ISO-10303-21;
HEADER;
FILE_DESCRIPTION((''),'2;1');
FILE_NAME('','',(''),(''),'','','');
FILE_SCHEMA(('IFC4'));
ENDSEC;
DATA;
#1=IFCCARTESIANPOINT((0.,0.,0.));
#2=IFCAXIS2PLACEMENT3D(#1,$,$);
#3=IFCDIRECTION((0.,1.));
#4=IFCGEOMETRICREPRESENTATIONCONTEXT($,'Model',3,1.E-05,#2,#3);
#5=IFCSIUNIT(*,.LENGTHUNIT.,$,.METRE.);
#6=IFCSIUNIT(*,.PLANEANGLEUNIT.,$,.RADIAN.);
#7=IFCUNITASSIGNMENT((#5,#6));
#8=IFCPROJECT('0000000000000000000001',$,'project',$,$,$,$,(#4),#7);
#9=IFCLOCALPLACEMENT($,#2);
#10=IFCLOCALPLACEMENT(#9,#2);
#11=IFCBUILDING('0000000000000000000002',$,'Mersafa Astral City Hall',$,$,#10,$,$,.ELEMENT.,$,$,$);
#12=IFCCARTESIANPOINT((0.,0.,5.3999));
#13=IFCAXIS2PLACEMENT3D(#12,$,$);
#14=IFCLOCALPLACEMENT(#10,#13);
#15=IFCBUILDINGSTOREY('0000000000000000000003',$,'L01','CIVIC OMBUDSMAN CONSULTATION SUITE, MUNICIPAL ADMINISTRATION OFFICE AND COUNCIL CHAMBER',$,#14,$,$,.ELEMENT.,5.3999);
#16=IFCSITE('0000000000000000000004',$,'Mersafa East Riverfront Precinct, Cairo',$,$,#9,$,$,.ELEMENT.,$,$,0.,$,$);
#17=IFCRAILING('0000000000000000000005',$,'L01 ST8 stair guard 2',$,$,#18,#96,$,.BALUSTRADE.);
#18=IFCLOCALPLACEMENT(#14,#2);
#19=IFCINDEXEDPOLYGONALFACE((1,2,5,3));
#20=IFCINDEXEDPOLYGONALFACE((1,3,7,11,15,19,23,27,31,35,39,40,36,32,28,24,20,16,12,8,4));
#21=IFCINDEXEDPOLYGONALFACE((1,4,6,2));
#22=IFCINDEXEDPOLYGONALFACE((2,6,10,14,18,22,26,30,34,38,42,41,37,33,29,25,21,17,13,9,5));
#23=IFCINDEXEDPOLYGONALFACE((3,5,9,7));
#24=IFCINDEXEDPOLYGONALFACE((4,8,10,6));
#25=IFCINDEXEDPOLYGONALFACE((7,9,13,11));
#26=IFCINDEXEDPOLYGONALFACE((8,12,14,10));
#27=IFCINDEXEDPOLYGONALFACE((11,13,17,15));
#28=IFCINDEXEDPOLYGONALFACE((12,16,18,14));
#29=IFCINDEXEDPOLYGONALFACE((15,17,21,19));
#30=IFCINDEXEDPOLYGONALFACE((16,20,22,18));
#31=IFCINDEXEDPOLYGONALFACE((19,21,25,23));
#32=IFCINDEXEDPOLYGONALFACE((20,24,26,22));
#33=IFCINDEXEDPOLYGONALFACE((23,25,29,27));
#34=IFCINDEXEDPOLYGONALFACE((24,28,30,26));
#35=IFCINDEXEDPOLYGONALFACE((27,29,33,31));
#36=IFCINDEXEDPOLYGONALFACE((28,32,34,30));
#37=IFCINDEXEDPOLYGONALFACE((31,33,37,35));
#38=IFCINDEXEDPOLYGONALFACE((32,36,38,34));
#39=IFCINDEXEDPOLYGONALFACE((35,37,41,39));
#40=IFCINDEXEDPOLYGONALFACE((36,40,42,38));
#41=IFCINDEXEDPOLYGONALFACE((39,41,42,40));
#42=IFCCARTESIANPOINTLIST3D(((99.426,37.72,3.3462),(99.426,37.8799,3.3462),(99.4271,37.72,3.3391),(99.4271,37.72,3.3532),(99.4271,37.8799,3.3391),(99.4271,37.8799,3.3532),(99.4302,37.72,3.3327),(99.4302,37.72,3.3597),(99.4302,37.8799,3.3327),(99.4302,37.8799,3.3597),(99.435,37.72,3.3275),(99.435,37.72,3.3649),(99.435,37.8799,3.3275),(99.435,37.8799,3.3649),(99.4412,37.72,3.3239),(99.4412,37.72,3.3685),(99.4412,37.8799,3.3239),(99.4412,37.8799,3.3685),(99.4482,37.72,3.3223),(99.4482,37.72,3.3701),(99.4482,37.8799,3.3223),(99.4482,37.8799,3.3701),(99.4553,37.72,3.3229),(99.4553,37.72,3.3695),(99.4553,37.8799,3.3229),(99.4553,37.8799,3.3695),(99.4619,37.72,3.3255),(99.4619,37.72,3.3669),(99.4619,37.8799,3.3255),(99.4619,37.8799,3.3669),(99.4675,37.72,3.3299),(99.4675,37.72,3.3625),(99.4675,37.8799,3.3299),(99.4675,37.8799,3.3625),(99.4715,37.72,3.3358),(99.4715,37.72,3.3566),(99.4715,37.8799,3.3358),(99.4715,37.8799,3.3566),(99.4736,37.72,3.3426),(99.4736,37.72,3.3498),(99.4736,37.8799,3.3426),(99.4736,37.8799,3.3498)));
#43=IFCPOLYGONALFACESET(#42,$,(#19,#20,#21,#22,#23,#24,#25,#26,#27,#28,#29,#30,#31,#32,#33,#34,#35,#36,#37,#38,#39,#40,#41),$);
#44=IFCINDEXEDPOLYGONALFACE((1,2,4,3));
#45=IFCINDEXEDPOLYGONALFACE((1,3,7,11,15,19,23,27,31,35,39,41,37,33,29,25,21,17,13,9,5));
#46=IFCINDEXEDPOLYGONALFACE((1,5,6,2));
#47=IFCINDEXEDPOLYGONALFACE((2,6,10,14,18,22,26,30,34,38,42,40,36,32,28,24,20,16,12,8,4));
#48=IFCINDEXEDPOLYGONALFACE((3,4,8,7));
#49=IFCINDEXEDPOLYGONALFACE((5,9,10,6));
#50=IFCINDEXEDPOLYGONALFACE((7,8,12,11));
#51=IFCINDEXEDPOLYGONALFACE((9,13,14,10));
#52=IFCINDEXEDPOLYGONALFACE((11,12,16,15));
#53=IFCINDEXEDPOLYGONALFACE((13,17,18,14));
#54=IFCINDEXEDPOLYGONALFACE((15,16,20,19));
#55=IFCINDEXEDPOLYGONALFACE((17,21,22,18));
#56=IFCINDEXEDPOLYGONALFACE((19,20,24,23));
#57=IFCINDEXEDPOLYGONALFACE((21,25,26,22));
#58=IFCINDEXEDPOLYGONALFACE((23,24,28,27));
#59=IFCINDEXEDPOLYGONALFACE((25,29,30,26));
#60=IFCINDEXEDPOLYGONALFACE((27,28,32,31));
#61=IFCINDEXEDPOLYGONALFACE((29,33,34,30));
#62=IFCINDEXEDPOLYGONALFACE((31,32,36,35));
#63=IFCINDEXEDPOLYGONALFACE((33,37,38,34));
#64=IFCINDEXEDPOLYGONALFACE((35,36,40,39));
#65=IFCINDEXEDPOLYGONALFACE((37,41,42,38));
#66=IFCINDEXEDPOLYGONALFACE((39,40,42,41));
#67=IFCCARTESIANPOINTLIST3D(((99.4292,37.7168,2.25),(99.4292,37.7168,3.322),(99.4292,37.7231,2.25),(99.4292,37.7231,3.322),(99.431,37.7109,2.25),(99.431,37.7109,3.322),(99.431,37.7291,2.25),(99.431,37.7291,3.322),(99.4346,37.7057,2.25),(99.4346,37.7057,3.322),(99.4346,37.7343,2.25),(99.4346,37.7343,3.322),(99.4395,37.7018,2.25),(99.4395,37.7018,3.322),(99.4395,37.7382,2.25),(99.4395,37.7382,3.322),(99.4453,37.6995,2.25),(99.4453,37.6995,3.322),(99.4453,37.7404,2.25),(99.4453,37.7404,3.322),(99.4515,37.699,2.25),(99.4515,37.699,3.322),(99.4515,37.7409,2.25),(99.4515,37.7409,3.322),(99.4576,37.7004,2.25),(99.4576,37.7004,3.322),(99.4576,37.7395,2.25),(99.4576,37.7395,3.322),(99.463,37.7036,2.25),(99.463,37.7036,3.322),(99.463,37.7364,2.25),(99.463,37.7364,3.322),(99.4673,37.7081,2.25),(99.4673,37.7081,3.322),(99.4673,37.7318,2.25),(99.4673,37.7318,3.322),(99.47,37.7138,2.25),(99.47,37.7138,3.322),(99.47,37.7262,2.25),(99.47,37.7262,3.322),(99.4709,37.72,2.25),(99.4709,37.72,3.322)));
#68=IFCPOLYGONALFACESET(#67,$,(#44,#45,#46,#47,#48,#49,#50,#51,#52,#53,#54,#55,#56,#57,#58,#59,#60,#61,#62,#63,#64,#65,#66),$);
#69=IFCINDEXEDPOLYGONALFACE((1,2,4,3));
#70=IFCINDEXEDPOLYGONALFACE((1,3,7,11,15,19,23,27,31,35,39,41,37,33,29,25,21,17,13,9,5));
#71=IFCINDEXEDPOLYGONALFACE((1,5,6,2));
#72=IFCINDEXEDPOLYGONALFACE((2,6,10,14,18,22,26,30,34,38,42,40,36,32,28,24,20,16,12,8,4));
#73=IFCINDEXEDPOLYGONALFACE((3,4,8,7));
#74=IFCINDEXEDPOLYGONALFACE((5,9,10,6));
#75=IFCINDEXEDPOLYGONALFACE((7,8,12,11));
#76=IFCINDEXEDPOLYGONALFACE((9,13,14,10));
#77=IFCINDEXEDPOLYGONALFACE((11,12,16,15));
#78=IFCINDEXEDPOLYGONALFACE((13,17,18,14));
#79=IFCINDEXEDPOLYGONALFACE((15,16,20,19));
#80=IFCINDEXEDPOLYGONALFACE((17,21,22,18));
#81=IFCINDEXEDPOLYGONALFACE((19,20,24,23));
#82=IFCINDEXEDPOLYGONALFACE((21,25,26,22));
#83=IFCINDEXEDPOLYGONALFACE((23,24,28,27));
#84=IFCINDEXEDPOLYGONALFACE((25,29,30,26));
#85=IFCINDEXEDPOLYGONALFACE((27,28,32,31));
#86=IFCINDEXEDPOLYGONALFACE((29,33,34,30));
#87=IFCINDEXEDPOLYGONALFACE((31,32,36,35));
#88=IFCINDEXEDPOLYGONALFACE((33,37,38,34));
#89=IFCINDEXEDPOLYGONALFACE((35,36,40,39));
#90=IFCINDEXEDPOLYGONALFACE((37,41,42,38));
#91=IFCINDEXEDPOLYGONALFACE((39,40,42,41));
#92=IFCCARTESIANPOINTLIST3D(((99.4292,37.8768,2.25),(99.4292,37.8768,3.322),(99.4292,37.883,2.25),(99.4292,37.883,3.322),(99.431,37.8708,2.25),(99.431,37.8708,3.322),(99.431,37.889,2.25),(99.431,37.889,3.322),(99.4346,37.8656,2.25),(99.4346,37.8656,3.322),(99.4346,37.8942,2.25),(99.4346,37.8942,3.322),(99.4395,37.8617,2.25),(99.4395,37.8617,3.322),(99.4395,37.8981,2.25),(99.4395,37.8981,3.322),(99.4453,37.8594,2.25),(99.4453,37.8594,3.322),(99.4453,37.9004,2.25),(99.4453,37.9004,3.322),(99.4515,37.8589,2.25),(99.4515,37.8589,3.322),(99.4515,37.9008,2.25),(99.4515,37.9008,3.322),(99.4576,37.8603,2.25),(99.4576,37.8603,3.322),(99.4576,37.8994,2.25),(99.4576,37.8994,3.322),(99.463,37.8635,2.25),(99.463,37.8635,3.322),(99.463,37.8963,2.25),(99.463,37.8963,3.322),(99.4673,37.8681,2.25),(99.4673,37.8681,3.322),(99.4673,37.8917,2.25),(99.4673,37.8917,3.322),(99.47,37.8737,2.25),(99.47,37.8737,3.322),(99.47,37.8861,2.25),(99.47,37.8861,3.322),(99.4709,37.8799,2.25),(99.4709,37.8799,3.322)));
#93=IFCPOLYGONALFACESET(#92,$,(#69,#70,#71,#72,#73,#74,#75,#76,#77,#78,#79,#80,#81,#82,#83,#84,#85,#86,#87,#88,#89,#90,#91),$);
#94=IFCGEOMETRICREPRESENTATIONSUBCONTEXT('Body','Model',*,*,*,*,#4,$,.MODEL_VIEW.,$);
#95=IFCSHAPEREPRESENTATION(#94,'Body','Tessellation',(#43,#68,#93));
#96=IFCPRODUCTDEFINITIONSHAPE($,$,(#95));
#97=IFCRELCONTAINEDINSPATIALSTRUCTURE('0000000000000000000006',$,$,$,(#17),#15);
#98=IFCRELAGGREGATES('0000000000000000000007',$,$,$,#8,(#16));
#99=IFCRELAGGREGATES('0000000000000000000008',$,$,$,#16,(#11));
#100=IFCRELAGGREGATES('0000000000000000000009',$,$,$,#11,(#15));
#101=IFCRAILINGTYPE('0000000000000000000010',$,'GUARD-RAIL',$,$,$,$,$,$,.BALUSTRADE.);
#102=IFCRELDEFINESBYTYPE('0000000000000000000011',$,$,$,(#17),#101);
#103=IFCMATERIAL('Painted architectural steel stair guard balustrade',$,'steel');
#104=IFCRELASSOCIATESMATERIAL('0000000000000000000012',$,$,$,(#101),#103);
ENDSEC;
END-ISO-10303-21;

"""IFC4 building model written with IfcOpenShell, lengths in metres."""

from ifc_helpers import new_model, si_unit, direction, frame, origin, origin_2d, place, context, subcontext, project, spatial, circle, extrude, material, type_object, element, save


model = new_model("IFC4")

# Units and contexts
model_context = context("Model", 3, precision=1e-05, world=origin(), true_north=direction((0.0, 1.0)))
body_context = subcontext(model_context, "Body", "Model", "MODEL_VIEW")
ifc_project = project(units=[si_unit("LENGTHUNIT", "METRE"), si_unit("PLANEANGLEUNIT", "RADIAN")], contexts=[model_context])

# Site, building, storey
site_placement = place(None, origin())
site = spatial("IfcSite", under=ifc_project, at=site_placement, Name="Mersafa East Riverfront Precinct, Cairo", CompositionType="ELEMENT", RefElevation=0.0)
building_placement = place(site_placement, origin())
building = spatial("IfcBuilding", under=site, at=building_placement, Name="Mersafa Astral City Hall", CompositionType="ELEMENT")
storey_placement = place(building_placement, frame((0.0, 0.0, 5.3999)))
storey = spatial("IfcBuildingStorey", under=building, at=storey_placement, Name="L01", Description="CIVIC OMBUDSMAN CONSULTATION SUITE, MUNICIPAL ADMINISTRATION OFFICE AND COUNCIL CHAMBER", CompositionType="ELEMENT", Elevation=5.3999)

# Railing
ifc_material_1 = material(Name="Painted architectural steel stair guard balustrade", Category="steel")
railing_type_1 = type_object("IfcRailingType", Name="GUARD-RAIL", PredefinedType="BALUSTRADE", material=ifc_material_1)
railing_1_placement = place(storey_placement, frame((99.45, 37.72, 2.25)))
element("IfcRailing", 1, at=railing_1_placement, inside=storey, type_object=railing_type_1, Name="L01 ST8 stair guard 2", PredefinedType="BALUSTRADE", context=body_context, shape_type="SweptSolid", body=[
    extrude(circle(Radius=0.0239, at=origin_2d()), frame((0.0, 0.0, 1.0962), z_axis=(0.0, 1.0, 0.0), x_axis=(-1.0, 0.0, 0.0)), (0.0, 0.0, 1.0), 0.1599),
    extrude(circle(Radius=0.021, at=origin_2d()), origin(), (0.0, 0.0, 1.0), 1.072),
    extrude(circle(Radius=0.021, at=origin_2d()), frame((0.0, 0.1599, 0.0)), (0.0, 0.0, 1.0), 1.072),
])

save(model, "model.ifc")
